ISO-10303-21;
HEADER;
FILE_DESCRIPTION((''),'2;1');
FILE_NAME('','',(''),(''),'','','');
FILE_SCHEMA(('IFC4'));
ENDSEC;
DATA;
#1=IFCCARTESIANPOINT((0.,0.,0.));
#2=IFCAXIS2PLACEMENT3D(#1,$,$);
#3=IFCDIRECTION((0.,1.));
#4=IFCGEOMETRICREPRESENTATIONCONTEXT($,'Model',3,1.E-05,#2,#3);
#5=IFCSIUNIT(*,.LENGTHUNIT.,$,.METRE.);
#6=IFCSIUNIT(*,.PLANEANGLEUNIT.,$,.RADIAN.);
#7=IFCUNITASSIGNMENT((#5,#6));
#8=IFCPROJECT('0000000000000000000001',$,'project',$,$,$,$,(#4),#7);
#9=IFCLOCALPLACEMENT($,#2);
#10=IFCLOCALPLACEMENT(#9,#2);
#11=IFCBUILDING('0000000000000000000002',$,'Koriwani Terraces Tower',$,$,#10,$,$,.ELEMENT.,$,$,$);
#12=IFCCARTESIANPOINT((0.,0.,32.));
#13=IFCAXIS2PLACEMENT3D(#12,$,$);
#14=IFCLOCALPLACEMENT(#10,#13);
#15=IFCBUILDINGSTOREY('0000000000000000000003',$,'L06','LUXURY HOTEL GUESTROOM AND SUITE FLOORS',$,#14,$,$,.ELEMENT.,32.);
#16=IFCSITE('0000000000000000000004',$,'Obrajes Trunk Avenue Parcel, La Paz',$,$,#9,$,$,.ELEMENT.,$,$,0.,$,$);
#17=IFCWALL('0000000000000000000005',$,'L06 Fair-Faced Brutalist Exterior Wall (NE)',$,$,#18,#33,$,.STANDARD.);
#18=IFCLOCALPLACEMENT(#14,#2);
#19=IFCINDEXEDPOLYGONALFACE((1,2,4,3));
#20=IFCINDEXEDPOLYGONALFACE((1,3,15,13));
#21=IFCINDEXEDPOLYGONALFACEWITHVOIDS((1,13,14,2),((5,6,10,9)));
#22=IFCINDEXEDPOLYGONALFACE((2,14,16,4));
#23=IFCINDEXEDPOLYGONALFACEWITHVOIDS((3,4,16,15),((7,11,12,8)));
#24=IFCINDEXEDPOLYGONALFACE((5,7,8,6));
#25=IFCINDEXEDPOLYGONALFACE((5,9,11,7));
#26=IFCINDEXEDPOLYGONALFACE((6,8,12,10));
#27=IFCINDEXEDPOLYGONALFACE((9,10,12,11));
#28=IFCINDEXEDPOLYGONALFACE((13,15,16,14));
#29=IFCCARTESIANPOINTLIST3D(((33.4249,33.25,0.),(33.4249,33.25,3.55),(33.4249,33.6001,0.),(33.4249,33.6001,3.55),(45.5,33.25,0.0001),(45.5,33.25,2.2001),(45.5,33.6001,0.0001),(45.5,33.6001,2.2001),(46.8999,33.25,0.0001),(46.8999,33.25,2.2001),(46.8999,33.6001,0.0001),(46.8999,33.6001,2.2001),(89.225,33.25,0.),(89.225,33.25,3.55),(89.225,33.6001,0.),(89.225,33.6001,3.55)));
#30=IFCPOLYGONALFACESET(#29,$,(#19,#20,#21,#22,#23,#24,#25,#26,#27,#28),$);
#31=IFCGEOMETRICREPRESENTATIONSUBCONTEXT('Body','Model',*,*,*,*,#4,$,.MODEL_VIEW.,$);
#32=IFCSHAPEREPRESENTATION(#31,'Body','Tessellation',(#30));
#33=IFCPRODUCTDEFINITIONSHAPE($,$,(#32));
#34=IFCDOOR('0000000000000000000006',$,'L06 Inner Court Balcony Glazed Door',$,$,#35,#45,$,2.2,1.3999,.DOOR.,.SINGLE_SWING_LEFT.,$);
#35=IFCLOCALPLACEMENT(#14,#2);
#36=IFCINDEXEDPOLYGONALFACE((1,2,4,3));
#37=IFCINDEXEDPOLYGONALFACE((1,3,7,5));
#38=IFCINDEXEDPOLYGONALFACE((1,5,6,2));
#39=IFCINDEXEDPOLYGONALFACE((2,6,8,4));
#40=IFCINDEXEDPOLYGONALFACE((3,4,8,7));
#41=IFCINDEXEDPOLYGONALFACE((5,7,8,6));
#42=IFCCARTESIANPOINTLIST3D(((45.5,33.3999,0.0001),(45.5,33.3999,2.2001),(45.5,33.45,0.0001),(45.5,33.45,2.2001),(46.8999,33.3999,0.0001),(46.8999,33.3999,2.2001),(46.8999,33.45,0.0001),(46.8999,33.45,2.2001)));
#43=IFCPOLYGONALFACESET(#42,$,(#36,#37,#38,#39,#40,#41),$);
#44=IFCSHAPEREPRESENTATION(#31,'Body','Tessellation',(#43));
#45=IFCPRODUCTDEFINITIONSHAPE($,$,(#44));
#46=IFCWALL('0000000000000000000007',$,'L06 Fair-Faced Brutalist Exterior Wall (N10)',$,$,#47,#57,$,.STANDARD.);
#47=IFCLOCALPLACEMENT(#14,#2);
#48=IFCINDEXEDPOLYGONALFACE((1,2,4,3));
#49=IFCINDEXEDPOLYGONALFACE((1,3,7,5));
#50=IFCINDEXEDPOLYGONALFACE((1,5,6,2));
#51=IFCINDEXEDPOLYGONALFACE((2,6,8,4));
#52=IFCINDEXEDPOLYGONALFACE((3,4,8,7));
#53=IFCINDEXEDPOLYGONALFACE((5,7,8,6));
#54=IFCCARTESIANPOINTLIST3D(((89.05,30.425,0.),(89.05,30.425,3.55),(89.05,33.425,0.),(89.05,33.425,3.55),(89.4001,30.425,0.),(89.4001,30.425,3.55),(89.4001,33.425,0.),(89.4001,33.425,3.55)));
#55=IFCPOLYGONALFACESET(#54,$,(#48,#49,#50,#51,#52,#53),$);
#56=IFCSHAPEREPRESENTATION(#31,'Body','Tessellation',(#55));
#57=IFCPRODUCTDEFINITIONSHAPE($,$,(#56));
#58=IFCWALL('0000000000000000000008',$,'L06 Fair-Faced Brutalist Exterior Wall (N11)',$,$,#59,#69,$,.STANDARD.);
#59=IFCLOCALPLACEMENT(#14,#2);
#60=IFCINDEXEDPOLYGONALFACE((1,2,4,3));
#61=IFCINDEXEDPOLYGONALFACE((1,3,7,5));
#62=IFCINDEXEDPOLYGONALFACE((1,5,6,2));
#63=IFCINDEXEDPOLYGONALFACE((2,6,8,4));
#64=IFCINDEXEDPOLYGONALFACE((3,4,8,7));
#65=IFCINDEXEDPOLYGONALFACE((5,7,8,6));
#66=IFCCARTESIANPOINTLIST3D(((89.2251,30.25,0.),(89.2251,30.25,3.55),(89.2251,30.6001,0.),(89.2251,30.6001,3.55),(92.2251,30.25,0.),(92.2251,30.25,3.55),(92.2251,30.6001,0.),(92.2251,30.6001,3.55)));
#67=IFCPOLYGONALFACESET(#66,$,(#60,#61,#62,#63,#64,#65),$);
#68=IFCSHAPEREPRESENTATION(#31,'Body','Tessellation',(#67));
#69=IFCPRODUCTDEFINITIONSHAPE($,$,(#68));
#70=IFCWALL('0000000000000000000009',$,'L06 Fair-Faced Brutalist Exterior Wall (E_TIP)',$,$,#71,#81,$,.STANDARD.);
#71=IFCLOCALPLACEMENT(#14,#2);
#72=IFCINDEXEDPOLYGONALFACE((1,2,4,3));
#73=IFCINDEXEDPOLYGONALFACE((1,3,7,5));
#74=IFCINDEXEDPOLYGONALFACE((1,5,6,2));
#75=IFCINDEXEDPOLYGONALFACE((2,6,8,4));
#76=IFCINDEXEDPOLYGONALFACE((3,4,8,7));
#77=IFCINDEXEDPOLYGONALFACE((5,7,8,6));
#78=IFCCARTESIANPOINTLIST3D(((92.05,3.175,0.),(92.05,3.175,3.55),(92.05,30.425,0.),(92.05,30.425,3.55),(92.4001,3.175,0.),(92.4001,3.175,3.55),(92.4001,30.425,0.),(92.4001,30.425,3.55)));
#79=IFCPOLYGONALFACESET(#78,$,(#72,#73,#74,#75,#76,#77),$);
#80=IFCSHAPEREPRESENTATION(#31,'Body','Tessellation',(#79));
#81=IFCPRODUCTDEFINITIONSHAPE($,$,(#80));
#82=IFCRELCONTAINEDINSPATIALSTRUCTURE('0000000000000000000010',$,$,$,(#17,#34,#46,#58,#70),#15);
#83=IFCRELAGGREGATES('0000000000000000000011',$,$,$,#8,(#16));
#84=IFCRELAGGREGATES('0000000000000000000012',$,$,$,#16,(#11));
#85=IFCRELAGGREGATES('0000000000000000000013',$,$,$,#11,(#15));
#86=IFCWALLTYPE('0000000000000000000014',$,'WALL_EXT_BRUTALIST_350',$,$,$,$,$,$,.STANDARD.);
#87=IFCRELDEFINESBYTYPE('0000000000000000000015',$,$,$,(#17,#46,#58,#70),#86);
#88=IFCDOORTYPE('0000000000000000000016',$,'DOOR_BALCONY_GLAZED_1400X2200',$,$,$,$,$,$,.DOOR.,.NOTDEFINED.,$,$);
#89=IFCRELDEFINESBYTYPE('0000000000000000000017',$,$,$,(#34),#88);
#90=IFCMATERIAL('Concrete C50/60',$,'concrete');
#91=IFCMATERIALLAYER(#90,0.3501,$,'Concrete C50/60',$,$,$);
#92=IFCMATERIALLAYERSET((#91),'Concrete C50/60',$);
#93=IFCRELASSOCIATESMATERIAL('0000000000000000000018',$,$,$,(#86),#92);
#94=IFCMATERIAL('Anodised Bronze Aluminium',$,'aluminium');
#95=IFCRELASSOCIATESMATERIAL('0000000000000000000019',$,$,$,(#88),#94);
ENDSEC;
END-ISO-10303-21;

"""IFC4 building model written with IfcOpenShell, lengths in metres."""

from ifc_helpers import new_model, si_unit, direction, frame, frame_2d, origin, place, context, subcontext, project, spatial, rectangle, extrude, material, layer, layer_set, type_object, element, fill, save


model = new_model("IFC4")

# Units and contexts
model_context = context("Model", 3, precision=1e-05, world=origin(), true_north=direction((0.0, 1.0)))
body_context = subcontext(model_context, "Body", "Model", "MODEL_VIEW")
ifc_project = project(units=[si_unit("LENGTHUNIT", "METRE"), si_unit("PLANEANGLEUNIT", "RADIAN")], contexts=[model_context])

# Site, building, storey
site_placement = place(None, origin())
site = spatial("IfcSite", under=ifc_project, at=site_placement, Name="Obrajes Trunk Avenue Parcel, La Paz", CompositionType="ELEMENT", RefElevation=0.0)
building_placement = place(site_placement, origin())
building = spatial("IfcBuilding", under=site, at=building_placement, Name="Koriwani Terraces Tower", CompositionType="ELEMENT")
storey_placement = place(building_placement, frame((0.0, 0.0, 32.0)))
storey = spatial("IfcBuildingStorey", under=building, at=storey_placement, Name="L06", Description="LUXURY HOTEL GUESTROOM AND SUITE FLOORS", CompositionType="ELEMENT", Elevation=32.0)

# Shared definitions
ifc_material_1 = material(Name="Anodised Bronze Aluminium", Category="aluminium")

# Shared definitions
ifc_material_2 = material(Name="Concrete C50/60", Category="concrete")
ifc_layer_1 = layer(ifc_material_2, 0.3501, Name="Concrete C50/60")
ifc_layer_set_1 = layer_set([ifc_layer_1], Name="Concrete C50/60")
wall_type = type_object("IfcWallType", Name="WALL_EXT_BRUTALIST_350", PredefinedType="STANDARD", material=ifc_layer_set_1)

# Wall, opening, door
wall_1_placement = place(storey_placement, frame((33.425, 33.425, 0.0), z_axis=(0.0, 0.0, 1.0), x_axis=(1.0, 0.0, 0.0)))
wall_1 = element("IfcWall", 1, at=wall_1_placement, inside=storey, type_object=wall_type, Name="L06 Fair-Faced Brutalist Exterior Wall (NE)", PredefinedType="STANDARD", context=body_context, shape_type="SweptSolid", body=[
    extrude(rectangle(XDim=55.8, YDim=0.3501, at=frame_2d((27.8999, 0.0))), origin(), (0.0, 0.0, 1.0), 3.55),
])
opening_1_placement = place(wall_1_placement, frame((12.075, 0.0, 0.0)))
opening_1 = element("IfcOpeningElement", 2, at=opening_1_placement, cuts=wall_1, PredefinedType="OPENING", context=body_context, shape_type="SweptSolid", body=[
    extrude(rectangle(XDim=1.3999, YDim=2.2, at=frame_2d((0.7, 1.1001))), frame((0.0, 0.1851, 0.0), z_axis=(0.0, -1.0, 0.0), x_axis=(1.0, 0.0, 0.0)), (0.0, 0.0, 1.0), 0.3701),
])
door_type = type_object("IfcDoorType", Name="DOOR_BALCONY_GLAZED_1400X2200", OperationType="NOTDEFINED", PredefinedType="DOOR", material=ifc_material_1)
door_placement = place(opening_1_placement, origin())
door = element("IfcDoor", 3, at=door_placement, inside=storey, type_object=door_type, Name="L06 Inner Court Balcony Glazed Door", OperationType="SINGLE_SWING_LEFT", OverallHeight=2.2, OverallWidth=1.3999, PredefinedType="DOOR", context=body_context, shape_type="SweptSolid", body=[
    extrude(rectangle(XDim=1.3999, YDim=2.2, at=frame_2d((0.7, 1.1001))), frame((0.0, 0.0249, 0.0), z_axis=(0.0, -1.0, 0.0), x_axis=(1.0, 0.0, 0.0)), (0.0, 0.0, 1.0), 0.05),
])
fill(opening_1, door)

# Walls
for number, where, z_axis, x_axis, name in (
    (4, (89.2251, 33.425, 0.0), (0.0, 0.0, 1.0), (0.0, -1.0, 0.0), "L06 Fair-Faced Brutalist Exterior Wall (N10)"),
    (5, (89.2251, 30.425, 0.0), (0.0, 0.0, 1.0), (1.0, 0.0, 0.0), "L06 Fair-Faced Brutalist Exterior Wall (N11)"),
):
    element("IfcWall", number, at=place(storey_placement, frame(where, z_axis=z_axis, x_axis=x_axis)), inside=storey, type_object=wall_type, Name=name, PredefinedType="STANDARD", context=body_context, shape_type="SweptSolid", body=[
        extrude(rectangle(XDim=3.0, YDim=0.3501, at=frame_2d((1.5, 0.0))), origin(), (0.0, 0.0, 1.0), 3.55),
    ])
wall_2_placement = place(storey_placement, frame((92.2251, 30.425, 0.0), z_axis=(0.0, 0.0, 1.0), x_axis=(0.0, -1.0, 0.0)))
element("IfcWall", 6, at=wall_2_placement, inside=storey, type_object=wall_type, Name="L06 Fair-Faced Brutalist Exterior Wall (E_TIP)", PredefinedType="STANDARD", context=body_context, shape_type="SweptSolid", body=[
    extrude(rectangle(XDim=27.25, YDim=0.3501, at=frame_2d((13.625, 0.0))), origin(), (0.0, 0.0, 1.0), 3.55),
])

save(model, "model.ifc")
